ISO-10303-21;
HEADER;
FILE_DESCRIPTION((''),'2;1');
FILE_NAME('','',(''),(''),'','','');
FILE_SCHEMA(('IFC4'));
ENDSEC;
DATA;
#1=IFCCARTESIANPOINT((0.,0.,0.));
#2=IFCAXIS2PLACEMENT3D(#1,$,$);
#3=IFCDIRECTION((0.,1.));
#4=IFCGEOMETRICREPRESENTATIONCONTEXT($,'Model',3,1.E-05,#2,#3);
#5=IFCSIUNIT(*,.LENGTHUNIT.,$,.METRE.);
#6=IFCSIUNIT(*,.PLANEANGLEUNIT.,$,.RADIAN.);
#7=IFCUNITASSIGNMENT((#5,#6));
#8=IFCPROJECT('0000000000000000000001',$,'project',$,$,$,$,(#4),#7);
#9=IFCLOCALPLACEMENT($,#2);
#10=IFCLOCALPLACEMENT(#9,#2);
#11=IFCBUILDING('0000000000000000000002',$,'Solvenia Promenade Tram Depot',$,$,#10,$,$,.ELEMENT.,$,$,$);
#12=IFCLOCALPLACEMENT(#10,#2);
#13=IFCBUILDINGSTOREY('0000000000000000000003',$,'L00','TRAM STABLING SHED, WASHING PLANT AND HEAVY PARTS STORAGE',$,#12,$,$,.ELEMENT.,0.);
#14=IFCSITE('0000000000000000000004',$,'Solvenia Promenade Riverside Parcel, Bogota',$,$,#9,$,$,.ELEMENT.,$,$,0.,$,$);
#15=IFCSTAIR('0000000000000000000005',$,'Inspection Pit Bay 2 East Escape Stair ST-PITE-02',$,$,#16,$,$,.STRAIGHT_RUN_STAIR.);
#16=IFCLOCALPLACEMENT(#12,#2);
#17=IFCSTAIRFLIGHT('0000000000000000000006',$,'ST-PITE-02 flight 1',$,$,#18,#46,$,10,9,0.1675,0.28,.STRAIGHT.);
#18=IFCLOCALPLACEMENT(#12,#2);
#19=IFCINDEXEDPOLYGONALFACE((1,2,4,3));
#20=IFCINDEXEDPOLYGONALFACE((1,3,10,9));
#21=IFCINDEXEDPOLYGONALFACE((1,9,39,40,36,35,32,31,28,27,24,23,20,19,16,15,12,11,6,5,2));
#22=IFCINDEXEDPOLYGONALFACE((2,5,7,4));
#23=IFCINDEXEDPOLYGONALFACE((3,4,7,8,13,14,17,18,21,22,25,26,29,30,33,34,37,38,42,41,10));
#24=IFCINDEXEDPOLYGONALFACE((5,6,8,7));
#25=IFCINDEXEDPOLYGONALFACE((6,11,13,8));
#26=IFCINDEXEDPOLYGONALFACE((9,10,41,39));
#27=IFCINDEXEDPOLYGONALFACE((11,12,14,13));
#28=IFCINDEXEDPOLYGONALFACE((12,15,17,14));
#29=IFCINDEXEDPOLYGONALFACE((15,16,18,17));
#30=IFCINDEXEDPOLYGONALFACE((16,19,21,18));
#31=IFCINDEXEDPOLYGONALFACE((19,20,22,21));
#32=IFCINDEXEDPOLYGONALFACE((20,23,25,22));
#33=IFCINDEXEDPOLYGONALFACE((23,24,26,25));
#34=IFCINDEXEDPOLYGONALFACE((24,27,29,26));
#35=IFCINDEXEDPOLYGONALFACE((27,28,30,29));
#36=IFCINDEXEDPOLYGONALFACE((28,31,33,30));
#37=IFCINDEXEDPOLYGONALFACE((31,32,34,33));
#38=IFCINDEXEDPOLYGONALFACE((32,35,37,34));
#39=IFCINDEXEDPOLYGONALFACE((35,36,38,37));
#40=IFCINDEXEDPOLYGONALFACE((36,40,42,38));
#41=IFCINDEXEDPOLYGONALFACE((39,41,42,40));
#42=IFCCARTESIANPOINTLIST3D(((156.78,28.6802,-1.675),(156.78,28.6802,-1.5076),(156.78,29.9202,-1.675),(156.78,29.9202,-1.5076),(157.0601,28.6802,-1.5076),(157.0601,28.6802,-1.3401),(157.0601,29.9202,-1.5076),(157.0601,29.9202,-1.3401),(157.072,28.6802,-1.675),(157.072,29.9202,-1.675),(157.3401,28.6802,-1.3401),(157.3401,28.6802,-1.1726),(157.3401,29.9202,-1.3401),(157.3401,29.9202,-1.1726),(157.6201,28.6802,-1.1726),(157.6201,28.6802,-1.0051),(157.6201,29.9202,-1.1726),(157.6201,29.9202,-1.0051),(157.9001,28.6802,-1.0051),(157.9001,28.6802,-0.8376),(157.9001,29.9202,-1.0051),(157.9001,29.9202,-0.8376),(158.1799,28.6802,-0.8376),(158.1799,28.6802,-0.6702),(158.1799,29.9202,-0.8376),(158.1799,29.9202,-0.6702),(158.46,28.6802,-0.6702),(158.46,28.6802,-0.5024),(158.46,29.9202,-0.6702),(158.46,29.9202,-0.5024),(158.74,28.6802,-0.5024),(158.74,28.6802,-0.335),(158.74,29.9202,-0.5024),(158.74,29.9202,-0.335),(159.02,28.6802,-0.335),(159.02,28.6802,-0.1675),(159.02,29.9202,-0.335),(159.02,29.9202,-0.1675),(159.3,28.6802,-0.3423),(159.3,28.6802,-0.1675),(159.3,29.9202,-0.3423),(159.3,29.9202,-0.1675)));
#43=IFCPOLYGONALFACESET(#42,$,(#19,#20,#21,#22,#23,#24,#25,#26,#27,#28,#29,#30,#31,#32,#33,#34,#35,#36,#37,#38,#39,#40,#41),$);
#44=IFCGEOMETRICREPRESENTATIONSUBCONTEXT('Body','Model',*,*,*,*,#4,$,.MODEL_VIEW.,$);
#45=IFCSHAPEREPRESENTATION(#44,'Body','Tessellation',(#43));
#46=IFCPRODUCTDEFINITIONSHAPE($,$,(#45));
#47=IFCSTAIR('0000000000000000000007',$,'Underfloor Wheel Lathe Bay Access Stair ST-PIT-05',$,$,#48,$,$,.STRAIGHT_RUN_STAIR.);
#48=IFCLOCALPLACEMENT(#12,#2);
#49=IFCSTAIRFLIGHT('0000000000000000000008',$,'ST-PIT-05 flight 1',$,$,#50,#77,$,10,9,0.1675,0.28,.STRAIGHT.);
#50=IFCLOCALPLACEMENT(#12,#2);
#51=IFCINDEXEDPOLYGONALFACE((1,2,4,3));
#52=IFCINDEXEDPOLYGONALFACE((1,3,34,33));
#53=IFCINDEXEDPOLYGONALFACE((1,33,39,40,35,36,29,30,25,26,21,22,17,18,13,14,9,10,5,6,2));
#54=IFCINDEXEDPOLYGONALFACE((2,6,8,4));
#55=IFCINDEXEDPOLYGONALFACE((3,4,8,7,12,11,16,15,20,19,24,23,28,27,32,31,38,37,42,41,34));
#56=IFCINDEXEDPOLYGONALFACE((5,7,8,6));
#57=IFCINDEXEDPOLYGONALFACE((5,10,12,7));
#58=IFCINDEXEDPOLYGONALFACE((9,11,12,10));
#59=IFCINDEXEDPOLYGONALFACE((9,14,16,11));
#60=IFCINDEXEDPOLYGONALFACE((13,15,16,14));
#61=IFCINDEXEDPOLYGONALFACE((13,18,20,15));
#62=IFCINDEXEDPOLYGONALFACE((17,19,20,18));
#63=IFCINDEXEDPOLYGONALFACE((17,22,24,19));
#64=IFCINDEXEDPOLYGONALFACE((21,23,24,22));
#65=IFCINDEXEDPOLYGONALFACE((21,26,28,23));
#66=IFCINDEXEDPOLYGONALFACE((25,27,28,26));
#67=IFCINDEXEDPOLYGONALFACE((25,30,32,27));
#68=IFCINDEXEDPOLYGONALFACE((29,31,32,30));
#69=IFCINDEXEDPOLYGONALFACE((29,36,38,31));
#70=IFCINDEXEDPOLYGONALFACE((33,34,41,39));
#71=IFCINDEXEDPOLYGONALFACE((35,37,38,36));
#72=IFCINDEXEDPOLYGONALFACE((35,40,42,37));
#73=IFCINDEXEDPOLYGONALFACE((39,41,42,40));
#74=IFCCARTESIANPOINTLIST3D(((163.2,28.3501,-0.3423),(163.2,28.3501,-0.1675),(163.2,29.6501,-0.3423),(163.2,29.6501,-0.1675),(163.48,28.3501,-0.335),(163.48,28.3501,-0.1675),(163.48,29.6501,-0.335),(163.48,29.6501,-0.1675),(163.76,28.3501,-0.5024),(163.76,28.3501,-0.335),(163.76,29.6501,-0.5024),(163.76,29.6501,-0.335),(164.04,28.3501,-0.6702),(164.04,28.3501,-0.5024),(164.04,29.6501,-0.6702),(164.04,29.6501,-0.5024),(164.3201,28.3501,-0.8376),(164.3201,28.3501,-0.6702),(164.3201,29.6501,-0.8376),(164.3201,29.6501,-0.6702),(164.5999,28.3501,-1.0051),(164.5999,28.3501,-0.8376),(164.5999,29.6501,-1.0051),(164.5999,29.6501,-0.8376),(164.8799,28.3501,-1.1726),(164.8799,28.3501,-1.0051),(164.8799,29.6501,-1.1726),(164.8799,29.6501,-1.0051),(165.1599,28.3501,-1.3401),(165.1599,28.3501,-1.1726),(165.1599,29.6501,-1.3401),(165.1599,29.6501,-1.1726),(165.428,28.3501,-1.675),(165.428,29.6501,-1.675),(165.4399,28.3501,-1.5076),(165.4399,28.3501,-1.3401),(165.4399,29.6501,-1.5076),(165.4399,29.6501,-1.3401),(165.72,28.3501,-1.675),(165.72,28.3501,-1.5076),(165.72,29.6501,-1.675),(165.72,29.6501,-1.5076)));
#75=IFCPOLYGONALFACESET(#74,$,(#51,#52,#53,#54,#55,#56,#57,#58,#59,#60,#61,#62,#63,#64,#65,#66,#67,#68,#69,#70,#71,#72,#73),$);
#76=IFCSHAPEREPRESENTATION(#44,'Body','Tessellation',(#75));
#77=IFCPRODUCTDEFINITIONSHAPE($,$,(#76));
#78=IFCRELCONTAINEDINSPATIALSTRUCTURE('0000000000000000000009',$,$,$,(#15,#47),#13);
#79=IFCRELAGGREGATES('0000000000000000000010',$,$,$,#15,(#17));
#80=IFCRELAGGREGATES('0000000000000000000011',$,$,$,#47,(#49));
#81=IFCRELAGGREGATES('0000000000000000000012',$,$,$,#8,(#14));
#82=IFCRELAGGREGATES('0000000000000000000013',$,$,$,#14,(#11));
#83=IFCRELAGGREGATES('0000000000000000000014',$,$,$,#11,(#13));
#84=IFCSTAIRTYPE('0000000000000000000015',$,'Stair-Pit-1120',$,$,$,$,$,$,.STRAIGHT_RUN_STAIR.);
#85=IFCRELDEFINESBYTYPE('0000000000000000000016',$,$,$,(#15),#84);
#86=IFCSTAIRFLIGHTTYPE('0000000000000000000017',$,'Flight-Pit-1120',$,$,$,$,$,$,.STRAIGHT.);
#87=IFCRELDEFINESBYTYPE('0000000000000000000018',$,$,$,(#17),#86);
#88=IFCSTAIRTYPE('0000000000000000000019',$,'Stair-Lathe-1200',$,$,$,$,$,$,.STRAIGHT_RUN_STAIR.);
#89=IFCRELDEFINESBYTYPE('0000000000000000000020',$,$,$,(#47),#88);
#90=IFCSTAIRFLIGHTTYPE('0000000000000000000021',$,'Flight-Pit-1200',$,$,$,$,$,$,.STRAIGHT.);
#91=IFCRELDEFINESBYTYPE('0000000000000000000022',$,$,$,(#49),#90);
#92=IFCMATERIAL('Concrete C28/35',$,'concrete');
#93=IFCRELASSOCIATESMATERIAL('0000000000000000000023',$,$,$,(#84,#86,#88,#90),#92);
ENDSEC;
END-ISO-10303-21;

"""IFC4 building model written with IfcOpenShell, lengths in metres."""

from ifc_helpers import new_model, si_unit, direction, frame, origin, place, context, subcontext, project, spatial, polyline, outline, extrude, material, type_object, element, aggregate, save


model = new_model("IFC4")

# Units and contexts
model_context = context("Model", 3, precision=1e-05, world=origin(), true_north=direction((0.0, 1.0)))
body_context = subcontext(model_context, "Body", "Model", "MODEL_VIEW")
ifc_project = project(units=[si_unit("LENGTHUNIT", "METRE"), si_unit("PLANEANGLEUNIT", "RADIAN")], contexts=[model_context])

# Site, building, storey
site_placement = place(None, origin())
site = spatial("IfcSite", under=ifc_project, at=site_placement, Name="Solvenia Promenade Riverside Parcel, Bogota", CompositionType="ELEMENT", RefElevation=0.0)
building_placement = place(site_placement, origin())
building = spatial("IfcBuilding", under=site, at=building_placement, Name="Solvenia Promenade Tram Depot", CompositionType="ELEMENT")
storey_placement = place(building_placement, origin())
storey = spatial("IfcBuildingStorey", under=building, at=storey_placement, Name="L00", Description="TRAM STABLING SHED, WASHING PLANT AND HEAVY PARTS STORAGE", CompositionType="ELEMENT", Elevation=0.0)

# Shared definitions
ifc_material_1 = material(Name="Concrete C28/35", Category="concrete")

# Stairs, stair flights
stair_type_1 = type_object("IfcStairType", Name="Stair-Pit-1120", PredefinedType="STRAIGHT_RUN_STAIR", material=ifc_material_1)
stair_flight_type_1 = type_object("IfcStairFlightType", Name="Flight-Pit-1120", PredefinedType="STRAIGHT", material=ifc_material_1)
stair_1_placement = place(storey_placement, origin())
stair_1 = element("IfcStair", 1, at=stair_1_placement, inside=storey, type_object=stair_type_1, Name="Inspection Pit Bay 2 East Escape Stair ST-PITE-02", PredefinedType="STRAIGHT_RUN_STAIR")
stair_flight_1_placement = place(storey_placement, frame((156.78, 29.3, -1.675), z_axis=(0.0, 0.0, 1.0), x_axis=(1.0, 0.0, 0.0)))
stair_flight_1 = element("IfcStairFlight", 2, at=stair_flight_1_placement, type_object=stair_flight_type_1, Name="ST-PITE-02 flight 1", NumberOfRisers=10, NumberOfTreads=9, PredefinedType="STRAIGHT", RiserHeight=0.1675, TreadLength=0.28, context=body_context, shape_type="SweptSolid", body=[
    extrude(outline(polyline([(0.0, 0.0), (0.0, 0.1675), (0.28, 0.1675), (0.28, 0.335), (0.5601, 0.335), (0.5601, 0.5024), (0.8401, 0.5024), (0.8401, 0.6699), (1.1201, 0.6699), (1.1201, 0.8374), (1.3999, 0.8374), (1.3999, 1.0049), (1.6799, 1.0049), (1.6799, 1.1726), (1.96, 1.1726), (1.96, 1.3401), (2.24, 1.3401), (2.24, 1.5076), (2.52, 1.5076), (2.52, 1.675), (2.52, 1.3328), (0.292, 0.0), (0.0, 0.0)])), frame((0.0, 0.6201, 0.0), z_axis=(0.0, -1.0, 0.0), x_axis=(1.0, 0.0, 0.0)), (0.0, 0.0, 1.0), 1.24),
])
aggregate(stair_1, [stair_flight_1])
stair_type_2 = type_object("IfcStairType", Name="Stair-Lathe-1200", PredefinedType="STRAIGHT_RUN_STAIR", material=ifc_material_1)
stair_2_placement = place(storey_placement, origin())
stair_2 = element("IfcStair", 3, at=stair_2_placement, inside=storey, type_object=stair_type_2, Name="Underfloor Wheel Lathe Bay Access Stair ST-PIT-05", PredefinedType="STRAIGHT_RUN_STAIR")
stair_flight_type_2 = type_object("IfcStairFlightType", Name="Flight-Pit-1200", PredefinedType="STRAIGHT", material=ifc_material_1)
stair_flight_2_placement = place(storey_placement, frame((165.72, 29.0, -1.675), z_axis=(0.0, 0.0, 1.0), x_axis=(-1.0, 0.0, 0.0)))
stair_flight_2 = element("IfcStairFlight", 4, at=stair_flight_2_placement, type_object=stair_flight_type_2, Name="ST-PIT-05 flight 1", NumberOfRisers=10, NumberOfTreads=9, PredefinedType="STRAIGHT", RiserHeight=0.1675, TreadLength=0.28, context=body_context, shape_type="SweptSolid", body=[
    extrude(outline(polyline([(0.0, 0.0), (0.0, 0.1675), (0.28, 0.1675), (0.28, 0.335), (0.5601, 0.335), (0.5601, 0.5024), (0.8401, 0.5024), (0.8401, 0.6699), (1.1201, 0.6699), (1.1201, 0.8374), (1.3999, 0.8374), (1.3999, 1.0049), (1.6799, 1.0049), (1.6799, 1.1726), (1.96, 1.1726), (1.96, 1.3401), (2.24, 1.3401), (2.24, 1.5076), (2.52, 1.5076), (2.52, 1.675), (2.52, 1.3328), (0.292, 0.0), (0.0, 0.0)])), frame((0.0, 0.6499, 0.0), z_axis=(0.0, -1.0, 0.0), x_axis=(1.0, 0.0, 0.0)), (0.0, 0.0, 1.0), 1.3),
])
aggregate(stair_2, [stair_flight_2])

save(model, "model.ifc")
